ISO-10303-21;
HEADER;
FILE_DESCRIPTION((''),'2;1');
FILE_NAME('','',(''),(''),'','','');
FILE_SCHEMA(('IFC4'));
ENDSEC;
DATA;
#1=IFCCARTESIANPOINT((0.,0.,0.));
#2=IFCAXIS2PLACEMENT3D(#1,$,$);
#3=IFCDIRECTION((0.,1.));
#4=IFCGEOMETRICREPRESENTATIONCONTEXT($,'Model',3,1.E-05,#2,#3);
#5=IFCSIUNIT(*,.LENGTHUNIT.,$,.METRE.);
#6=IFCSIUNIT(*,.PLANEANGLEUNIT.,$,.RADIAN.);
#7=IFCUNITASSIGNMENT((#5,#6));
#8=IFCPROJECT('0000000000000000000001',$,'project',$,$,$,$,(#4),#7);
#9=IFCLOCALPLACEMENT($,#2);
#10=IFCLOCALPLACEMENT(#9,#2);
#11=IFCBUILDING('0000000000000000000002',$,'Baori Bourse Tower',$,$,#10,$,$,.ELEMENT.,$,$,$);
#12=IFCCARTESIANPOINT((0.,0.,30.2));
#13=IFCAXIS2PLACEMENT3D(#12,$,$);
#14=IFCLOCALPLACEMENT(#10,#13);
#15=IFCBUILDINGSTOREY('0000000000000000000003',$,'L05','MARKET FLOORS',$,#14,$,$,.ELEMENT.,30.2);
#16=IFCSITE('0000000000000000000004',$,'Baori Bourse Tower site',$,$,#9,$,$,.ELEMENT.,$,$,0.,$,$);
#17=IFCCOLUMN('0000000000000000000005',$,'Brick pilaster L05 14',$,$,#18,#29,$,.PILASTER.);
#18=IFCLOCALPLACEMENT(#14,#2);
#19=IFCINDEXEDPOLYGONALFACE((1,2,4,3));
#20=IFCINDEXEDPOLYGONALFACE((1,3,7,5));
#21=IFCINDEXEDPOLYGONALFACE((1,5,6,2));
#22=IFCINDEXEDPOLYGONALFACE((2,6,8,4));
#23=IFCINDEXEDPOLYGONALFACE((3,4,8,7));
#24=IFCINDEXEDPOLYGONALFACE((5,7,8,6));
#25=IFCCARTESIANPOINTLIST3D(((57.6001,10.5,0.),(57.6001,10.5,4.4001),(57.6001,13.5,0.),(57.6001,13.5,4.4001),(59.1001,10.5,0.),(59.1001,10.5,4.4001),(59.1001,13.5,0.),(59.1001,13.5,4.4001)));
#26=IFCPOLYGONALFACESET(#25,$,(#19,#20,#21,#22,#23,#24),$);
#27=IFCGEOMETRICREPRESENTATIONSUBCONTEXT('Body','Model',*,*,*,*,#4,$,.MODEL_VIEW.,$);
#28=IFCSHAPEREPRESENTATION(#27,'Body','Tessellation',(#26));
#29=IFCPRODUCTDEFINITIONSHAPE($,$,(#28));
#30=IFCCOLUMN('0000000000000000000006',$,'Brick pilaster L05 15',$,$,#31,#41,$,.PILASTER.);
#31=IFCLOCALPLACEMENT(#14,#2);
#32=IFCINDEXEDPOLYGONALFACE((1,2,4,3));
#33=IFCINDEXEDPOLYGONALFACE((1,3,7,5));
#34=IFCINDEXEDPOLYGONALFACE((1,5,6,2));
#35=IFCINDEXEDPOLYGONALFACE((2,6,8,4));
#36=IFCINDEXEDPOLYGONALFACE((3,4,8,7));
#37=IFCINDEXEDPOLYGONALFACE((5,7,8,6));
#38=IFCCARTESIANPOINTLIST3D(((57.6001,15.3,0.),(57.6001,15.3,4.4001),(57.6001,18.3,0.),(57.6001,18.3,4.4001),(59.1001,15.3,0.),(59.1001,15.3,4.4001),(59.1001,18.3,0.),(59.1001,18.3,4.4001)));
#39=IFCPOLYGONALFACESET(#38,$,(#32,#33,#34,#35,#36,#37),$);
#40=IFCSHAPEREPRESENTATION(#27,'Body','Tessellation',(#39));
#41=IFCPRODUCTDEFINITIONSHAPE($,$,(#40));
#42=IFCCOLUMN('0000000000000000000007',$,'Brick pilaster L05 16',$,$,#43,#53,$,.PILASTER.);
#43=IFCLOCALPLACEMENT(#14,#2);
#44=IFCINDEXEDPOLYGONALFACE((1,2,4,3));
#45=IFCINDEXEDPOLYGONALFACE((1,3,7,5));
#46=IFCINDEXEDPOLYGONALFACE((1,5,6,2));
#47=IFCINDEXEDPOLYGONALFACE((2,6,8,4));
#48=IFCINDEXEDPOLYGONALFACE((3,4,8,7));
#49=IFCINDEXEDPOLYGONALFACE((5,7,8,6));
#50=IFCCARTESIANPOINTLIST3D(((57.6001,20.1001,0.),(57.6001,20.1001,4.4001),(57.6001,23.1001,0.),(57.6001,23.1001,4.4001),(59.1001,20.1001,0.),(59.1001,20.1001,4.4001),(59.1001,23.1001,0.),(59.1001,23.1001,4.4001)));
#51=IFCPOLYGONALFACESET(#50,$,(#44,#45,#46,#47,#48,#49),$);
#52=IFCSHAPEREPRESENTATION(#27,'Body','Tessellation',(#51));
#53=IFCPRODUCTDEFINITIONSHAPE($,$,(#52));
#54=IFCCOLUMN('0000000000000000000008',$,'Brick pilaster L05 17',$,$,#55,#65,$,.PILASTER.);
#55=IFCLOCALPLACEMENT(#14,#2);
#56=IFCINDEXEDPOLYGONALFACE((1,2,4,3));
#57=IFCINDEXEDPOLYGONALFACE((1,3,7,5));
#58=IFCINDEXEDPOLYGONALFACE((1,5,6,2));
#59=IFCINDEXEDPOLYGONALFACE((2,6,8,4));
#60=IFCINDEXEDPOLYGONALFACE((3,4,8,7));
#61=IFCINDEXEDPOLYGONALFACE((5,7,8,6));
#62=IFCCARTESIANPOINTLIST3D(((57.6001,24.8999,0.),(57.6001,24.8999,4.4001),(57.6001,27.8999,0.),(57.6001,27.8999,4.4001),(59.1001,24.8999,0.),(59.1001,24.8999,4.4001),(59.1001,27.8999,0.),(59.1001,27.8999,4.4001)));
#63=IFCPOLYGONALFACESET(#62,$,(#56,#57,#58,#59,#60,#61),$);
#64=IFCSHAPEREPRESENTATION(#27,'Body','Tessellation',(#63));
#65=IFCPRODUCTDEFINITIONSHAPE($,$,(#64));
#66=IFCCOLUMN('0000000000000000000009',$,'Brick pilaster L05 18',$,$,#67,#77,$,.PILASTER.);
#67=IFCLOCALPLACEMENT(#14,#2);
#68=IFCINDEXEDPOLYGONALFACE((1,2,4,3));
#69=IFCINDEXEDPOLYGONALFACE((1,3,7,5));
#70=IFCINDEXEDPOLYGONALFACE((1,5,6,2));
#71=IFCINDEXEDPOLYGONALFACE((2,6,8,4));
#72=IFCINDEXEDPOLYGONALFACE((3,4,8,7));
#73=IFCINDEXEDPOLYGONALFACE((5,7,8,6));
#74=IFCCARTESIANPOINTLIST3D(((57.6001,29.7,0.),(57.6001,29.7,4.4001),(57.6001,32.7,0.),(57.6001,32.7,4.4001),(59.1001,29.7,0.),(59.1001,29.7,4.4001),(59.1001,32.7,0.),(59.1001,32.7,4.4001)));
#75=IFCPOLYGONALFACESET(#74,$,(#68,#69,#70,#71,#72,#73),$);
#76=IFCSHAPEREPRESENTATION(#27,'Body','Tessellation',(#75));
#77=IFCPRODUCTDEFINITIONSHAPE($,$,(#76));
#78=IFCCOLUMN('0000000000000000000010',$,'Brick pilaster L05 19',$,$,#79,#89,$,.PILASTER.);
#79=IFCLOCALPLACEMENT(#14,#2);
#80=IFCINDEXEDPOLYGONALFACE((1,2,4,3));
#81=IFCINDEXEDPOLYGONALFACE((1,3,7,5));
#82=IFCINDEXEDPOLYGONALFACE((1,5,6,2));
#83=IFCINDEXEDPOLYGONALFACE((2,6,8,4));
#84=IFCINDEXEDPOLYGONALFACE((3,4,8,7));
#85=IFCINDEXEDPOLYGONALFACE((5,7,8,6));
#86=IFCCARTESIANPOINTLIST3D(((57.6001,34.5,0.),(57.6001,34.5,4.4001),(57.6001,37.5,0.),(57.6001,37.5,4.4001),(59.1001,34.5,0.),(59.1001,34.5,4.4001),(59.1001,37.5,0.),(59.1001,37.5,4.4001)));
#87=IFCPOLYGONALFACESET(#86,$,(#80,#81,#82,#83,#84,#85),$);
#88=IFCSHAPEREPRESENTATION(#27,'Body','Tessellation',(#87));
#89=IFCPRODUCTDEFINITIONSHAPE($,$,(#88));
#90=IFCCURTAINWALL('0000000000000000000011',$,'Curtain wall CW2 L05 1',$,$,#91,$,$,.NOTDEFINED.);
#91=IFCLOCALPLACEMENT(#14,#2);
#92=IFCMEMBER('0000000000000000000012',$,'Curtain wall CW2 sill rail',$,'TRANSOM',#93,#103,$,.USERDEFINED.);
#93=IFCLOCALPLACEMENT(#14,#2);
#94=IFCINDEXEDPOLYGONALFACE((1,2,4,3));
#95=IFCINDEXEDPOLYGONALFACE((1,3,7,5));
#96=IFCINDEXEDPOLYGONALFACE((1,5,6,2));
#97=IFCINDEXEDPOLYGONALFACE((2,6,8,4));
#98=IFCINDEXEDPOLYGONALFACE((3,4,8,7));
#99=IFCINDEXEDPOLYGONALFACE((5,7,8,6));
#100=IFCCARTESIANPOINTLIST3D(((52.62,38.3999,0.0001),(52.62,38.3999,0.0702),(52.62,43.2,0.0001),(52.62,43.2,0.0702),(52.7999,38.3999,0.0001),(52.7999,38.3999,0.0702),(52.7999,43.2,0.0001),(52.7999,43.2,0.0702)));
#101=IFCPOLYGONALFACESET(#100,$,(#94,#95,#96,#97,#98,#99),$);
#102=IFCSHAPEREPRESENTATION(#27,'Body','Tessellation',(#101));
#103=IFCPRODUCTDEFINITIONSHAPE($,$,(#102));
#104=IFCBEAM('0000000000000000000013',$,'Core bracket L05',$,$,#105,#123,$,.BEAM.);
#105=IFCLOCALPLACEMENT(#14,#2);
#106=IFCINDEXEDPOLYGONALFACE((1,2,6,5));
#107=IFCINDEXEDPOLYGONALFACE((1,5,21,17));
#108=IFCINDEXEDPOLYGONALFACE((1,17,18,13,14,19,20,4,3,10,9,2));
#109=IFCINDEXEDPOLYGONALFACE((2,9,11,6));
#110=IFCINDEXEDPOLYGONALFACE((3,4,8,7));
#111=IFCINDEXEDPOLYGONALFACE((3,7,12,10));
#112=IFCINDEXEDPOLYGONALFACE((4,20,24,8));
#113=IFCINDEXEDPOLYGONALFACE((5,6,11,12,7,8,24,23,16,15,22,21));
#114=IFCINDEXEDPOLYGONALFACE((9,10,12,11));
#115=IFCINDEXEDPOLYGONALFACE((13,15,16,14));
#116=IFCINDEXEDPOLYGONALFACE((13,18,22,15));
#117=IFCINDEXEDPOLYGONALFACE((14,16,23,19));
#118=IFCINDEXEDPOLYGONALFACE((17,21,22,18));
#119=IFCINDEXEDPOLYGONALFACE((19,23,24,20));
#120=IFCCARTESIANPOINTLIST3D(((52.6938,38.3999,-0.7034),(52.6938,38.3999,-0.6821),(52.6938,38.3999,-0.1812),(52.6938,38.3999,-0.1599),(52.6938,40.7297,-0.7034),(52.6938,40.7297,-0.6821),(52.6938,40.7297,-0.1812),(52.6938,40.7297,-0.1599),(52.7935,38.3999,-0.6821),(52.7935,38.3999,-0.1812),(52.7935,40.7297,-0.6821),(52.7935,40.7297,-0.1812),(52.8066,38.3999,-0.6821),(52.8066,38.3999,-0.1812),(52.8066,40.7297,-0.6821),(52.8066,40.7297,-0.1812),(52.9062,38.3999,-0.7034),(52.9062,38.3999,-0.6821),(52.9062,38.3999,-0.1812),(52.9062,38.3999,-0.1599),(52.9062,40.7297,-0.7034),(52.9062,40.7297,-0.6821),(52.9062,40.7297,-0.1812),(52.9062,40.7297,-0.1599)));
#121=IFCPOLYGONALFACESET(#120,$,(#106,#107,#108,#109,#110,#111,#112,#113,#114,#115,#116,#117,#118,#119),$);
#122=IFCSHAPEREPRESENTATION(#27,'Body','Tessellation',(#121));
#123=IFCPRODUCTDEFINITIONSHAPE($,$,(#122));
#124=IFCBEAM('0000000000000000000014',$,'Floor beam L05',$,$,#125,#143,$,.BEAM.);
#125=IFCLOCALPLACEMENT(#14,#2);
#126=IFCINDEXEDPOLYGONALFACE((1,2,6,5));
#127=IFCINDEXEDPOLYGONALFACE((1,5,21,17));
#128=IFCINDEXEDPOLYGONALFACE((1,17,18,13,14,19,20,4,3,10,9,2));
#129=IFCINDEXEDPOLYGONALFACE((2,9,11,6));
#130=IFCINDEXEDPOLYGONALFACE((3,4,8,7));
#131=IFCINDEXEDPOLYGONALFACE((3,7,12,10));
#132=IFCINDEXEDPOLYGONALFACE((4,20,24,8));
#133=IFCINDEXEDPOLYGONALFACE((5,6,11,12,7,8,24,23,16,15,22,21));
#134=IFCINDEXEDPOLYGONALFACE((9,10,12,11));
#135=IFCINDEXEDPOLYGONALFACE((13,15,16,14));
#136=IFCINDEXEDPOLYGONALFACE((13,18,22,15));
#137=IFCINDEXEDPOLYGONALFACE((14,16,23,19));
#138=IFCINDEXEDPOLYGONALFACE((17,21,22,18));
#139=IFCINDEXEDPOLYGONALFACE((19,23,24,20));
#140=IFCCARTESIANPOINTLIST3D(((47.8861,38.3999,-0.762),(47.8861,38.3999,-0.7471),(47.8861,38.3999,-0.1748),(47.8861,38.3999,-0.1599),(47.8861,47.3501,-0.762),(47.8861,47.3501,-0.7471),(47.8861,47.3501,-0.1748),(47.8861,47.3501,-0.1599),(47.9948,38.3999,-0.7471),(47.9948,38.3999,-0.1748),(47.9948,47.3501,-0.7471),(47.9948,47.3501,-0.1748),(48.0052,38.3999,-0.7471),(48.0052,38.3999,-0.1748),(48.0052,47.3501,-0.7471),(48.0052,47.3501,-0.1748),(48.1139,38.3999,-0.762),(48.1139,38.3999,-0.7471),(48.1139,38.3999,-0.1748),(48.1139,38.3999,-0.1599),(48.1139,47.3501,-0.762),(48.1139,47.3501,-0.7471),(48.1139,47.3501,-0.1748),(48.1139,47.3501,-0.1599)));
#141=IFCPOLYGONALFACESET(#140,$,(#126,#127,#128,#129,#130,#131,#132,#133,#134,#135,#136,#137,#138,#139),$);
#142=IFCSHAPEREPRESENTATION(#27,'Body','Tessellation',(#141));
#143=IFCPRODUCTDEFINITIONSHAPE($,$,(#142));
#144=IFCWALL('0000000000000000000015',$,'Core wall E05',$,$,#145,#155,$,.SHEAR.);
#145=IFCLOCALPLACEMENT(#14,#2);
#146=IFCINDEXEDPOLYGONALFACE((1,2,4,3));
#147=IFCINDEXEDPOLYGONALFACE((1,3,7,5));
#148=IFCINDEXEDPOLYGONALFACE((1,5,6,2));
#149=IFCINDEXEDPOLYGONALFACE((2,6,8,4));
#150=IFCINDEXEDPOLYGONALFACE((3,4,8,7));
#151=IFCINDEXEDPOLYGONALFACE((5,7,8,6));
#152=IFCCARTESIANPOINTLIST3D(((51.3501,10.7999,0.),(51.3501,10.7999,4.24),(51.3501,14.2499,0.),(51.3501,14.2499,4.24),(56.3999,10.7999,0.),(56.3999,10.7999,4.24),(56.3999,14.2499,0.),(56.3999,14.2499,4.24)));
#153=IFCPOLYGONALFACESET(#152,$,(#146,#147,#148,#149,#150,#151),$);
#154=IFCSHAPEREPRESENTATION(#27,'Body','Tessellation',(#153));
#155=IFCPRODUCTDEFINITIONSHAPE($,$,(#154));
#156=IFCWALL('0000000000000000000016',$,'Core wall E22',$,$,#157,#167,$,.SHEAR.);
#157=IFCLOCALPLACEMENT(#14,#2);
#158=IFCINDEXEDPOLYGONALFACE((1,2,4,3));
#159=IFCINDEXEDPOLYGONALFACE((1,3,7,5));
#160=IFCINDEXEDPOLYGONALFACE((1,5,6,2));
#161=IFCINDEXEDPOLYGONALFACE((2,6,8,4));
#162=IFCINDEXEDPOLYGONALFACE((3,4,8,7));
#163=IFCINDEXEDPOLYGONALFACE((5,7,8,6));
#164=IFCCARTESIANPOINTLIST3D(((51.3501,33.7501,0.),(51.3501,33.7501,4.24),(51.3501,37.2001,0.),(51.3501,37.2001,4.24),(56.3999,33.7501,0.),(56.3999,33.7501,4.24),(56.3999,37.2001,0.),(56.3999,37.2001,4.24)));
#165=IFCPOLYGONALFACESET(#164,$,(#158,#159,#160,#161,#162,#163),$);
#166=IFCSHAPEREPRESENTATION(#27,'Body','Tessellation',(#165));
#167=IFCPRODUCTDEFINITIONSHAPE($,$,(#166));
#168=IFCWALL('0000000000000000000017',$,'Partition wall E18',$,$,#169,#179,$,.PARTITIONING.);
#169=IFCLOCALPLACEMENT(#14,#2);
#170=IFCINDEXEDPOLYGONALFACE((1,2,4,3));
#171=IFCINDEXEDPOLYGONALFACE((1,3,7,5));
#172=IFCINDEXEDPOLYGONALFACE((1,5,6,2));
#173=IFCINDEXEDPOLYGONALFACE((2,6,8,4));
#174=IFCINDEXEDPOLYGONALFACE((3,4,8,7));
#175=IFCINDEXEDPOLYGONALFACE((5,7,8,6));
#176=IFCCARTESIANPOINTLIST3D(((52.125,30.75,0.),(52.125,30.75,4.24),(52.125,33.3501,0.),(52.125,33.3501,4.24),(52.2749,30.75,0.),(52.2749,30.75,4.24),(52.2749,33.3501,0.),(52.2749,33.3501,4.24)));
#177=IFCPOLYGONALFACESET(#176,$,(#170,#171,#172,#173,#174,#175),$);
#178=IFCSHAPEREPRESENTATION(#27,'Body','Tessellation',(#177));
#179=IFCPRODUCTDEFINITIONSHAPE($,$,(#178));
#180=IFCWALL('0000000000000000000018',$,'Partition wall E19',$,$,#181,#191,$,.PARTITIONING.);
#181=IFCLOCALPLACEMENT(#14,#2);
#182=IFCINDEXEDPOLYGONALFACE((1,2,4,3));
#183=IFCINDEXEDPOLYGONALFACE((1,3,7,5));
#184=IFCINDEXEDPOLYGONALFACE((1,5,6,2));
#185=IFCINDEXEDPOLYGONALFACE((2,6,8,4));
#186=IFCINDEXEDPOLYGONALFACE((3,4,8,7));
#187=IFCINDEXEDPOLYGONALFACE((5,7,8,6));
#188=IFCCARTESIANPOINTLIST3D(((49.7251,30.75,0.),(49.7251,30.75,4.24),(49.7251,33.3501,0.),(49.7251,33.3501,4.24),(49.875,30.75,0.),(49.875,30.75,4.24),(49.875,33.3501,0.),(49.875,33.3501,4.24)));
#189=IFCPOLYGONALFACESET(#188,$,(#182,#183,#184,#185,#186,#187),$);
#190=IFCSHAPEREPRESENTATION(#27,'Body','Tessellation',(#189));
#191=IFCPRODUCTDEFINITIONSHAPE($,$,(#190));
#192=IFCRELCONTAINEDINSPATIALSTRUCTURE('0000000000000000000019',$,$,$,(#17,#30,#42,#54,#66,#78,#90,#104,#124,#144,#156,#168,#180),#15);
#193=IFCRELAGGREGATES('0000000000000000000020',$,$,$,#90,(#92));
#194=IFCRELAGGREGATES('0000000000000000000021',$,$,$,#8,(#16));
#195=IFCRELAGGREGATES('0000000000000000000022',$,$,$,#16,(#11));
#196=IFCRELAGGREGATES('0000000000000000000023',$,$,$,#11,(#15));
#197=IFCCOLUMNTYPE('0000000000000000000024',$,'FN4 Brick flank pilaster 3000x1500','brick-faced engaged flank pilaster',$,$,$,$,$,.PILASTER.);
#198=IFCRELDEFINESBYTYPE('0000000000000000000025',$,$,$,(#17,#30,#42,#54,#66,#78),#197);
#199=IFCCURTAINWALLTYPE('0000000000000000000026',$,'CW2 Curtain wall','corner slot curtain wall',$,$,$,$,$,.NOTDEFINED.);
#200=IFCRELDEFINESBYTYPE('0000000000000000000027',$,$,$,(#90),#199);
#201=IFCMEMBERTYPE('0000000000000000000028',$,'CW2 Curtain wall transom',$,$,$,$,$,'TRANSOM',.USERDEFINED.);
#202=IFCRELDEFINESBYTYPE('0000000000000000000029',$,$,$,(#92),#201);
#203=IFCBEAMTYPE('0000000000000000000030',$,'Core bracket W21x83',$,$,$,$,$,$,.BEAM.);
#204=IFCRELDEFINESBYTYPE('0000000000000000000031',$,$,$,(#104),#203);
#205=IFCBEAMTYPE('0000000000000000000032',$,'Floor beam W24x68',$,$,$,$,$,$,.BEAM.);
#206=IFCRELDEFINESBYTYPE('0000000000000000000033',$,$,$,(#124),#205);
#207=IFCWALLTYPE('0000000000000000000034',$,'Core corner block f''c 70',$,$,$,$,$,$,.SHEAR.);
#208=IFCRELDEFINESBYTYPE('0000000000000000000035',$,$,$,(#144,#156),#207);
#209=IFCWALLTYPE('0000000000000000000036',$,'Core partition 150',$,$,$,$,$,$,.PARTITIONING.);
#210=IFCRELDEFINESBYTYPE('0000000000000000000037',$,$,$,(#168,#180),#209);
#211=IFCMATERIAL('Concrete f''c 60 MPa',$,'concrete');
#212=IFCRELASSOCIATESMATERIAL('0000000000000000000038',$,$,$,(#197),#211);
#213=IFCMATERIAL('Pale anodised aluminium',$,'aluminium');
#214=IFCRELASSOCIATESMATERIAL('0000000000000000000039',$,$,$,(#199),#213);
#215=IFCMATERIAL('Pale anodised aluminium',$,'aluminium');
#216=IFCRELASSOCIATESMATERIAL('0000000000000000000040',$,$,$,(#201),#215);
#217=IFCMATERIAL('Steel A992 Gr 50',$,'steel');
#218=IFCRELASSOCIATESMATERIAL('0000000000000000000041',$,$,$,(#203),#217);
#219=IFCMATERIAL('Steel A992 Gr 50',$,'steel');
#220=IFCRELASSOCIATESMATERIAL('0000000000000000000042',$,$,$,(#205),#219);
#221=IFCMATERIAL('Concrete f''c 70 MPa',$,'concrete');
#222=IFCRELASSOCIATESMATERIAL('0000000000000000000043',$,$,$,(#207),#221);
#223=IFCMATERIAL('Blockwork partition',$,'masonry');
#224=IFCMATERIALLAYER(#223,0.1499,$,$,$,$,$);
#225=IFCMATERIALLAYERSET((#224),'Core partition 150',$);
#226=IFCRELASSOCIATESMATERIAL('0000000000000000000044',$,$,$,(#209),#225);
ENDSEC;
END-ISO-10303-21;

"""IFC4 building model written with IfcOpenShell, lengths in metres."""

from ifc_helpers import new_model, si_unit, direction, frame, frame_2d, origin, origin_2d, place, context, subcontext, project, spatial, rectangle, i_section, extrude, material, layer, layer_set, material_profile, profile_set, type_object, element, aggregate, save


model = new_model("IFC4")

# Units and contexts
model_context = context("Model", 3, precision=1e-05, world=origin(), true_north=direction((0.0, 1.0)))
body_context = subcontext(model_context, "Body", "Model", "MODEL_VIEW")
ifc_project = project(units=[si_unit("LENGTHUNIT", "METRE"), si_unit("PLANEANGLEUNIT", "RADIAN")], contexts=[model_context])

# Site, building, storey
site_placement = place(None, origin())
site = spatial("IfcSite", under=ifc_project, at=site_placement, Name="Baori Bourse Tower site", CompositionType="ELEMENT", RefElevation=0.0)
building_placement = place(site_placement, origin())
building = spatial("IfcBuilding", under=site, at=building_placement, Name="Baori Bourse Tower", CompositionType="ELEMENT")
storey_placement = place(building_placement, frame((0.0, 0.0, 30.2)))
storey = spatial("IfcBuildingStorey", under=building, at=storey_placement, Name="L05", Description="MARKET FLOORS", CompositionType="ELEMENT", Elevation=30.2)

# Columns
ifc_material_1 = material(Name="Concrete f'c 60 MPa", Category="concrete")
ifc_material_profile_1 = material_profile(ifc_material_1, rectangle(XDim=3.0, YDim=1.5, at=origin_2d()), Name="RC 3000x1500")
ifc_profile_set_1 = profile_set([ifc_material_profile_1], Name="Concrete f'c 60 MPa")
column_type = type_object("IfcColumnType", Name="FN4 Brick flank pilaster 3000x1500", Description="brick-faced engaged flank pilaster", PredefinedType="PILASTER", material=ifc_profile_set_1)
for number, where, z_axis, x_axis, name in (
    (1, (58.3501, 12.0, 0.0), (0.0, 0.0, 1.0), (0.0, 1.0, 0.0), "Brick pilaster L05 14"),
    (2, (58.3501, 16.8, 0.0), (0.0, 0.0, 1.0), (0.0, 1.0, 0.0), "Brick pilaster L05 15"),
    (3, (58.3501, 21.6001, 0.0), (0.0, 0.0, 1.0), (0.0, 1.0, 0.0), "Brick pilaster L05 16"),
    (4, (58.3501, 26.3999, 0.0), (0.0, 0.0, 1.0), (0.0, 1.0, 0.0), "Brick pilaster L05 17"),
    (5, (58.3501, 31.2, 0.0), (0.0, 0.0, 1.0), (0.0, 1.0, 0.0), "Brick pilaster L05 18"),
    (6, (58.3501, 36.0, 0.0), (0.0, 0.0, 1.0), (0.0, 1.0, 0.0), "Brick pilaster L05 19"),
):
    element("IfcColumn", number, at=place(storey_placement, frame(where, z_axis=z_axis, x_axis=x_axis)), inside=storey, type_object=column_type, Name=name, PredefinedType="PILASTER", context=body_context, shape_type="SweptSolid", body=[
        extrude(rectangle(XDim=3.0, YDim=1.5, at=origin_2d()), origin(), (0.0, 0.0, 1.0), 4.4001),
    ])

# Curtain wall, member
ifc_material_2 = material(Name="Pale anodised aluminium", Category="aluminium")
curtain_wall_type = type_object("IfcCurtainWallType", Name="CW2 Curtain wall", Description="corner slot curtain wall", PredefinedType="NOTDEFINED", material=ifc_material_2)
curtain_wall_placement = place(storey_placement, origin())
curtain_wall = element("IfcCurtainWall", 7, at=curtain_wall_placement, inside=storey, type_object=curtain_wall_type, Name="Curtain wall CW2 L05 1", PredefinedType="NOTDEFINED")
ifc_material_3 = material(Name="Pale anodised aluminium", Category="aluminium")
ifc_material_profile_2 = material_profile(ifc_material_3, rectangle(XDim=0.1799, YDim=0.0701, at=origin_2d()), Name="Transom 70x180")
ifc_profile_set_2 = profile_set([ifc_material_profile_2], Name="Pale anodised aluminium")
member_type = type_object("IfcMemberType", Name="CW2 Curtain wall transom", ElementType="TRANSOM", PredefinedType="USERDEFINED", material=ifc_profile_set_2)
member_placement = place(storey_placement, frame((52.71, 38.3999, 0.0352), z_axis=(0.0, 1.0, 0.0), x_axis=(-1.0, 0.0, 0.0)))
member = element("IfcMember", 8, at=member_placement, type_object=member_type, Name="Curtain wall CW2 sill rail", ObjectType="TRANSOM", PredefinedType="USERDEFINED", context=body_context, shape_type="SweptSolid", body=[
    extrude(rectangle(XDim=0.1799, YDim=0.0701, at=origin_2d()), origin(), (0.0, 0.0, 1.0), 4.8),
])
aggregate(curtain_wall, [member])

# Beams
ifc_material_4 = material(Name="Steel A992 Gr 50", Category="steel")
ifc_material_profile_3 = material_profile(ifc_material_4, i_section(OverallWidth=0.2124, OverallDepth=0.5435, WebThickness=0.0132, FlangeThickness=0.0212, at=origin_2d()), Name="W21x83")
ifc_profile_set_3 = profile_set([ifc_material_profile_3], Name="Steel A992 Gr 50")
beam_type_1 = type_object("IfcBeamType", Name="Core bracket W21x83", PredefinedType="BEAM", material=ifc_profile_set_3)
beam_1_placement = place(storey_placement, frame((52.8, 38.3999, -0.4316), z_axis=(0.0, 1.0, 0.0), x_axis=(-1.0, 0.0, 0.0)))
element("IfcBeam", 9, at=beam_1_placement, inside=storey, type_object=beam_type_1, Name="Core bracket L05", PredefinedType="BEAM", context=body_context, shape_type="SweptSolid", body=[
    extrude(i_section(OverallWidth=0.2124, OverallDepth=0.5435, WebThickness=0.0132, FlangeThickness=0.0212, at=origin_2d()), origin(), (0.0, 0.0, 1.0), 2.3298),
])
ifc_material_5 = material(Name="Steel A992 Gr 50", Category="steel")
ifc_material_profile_4 = material_profile(ifc_material_5, i_section(OverallWidth=0.2278, OverallDepth=0.6021, WebThickness=0.0105, FlangeThickness=0.0149, at=origin_2d()), Name="W24x68")
ifc_profile_set_4 = profile_set([ifc_material_profile_4], Name="Steel A992 Gr 50")
beam_type_2 = type_object("IfcBeamType", Name="Floor beam W24x68", PredefinedType="BEAM", material=ifc_profile_set_4)
beam_2_placement = place(storey_placement, frame((48.0, 38.3999, -0.4609), z_axis=(0.0, 1.0, 0.0), x_axis=(-1.0, 0.0, 0.0)))
element("IfcBeam", 10, at=beam_2_placement, inside=storey, type_object=beam_type_2, Name="Floor beam L05", PredefinedType="BEAM", context=body_context, shape_type="SweptSolid", body=[
    extrude(i_section(OverallWidth=0.2278, OverallDepth=0.6021, WebThickness=0.0105, FlangeThickness=0.0149, at=origin_2d()), origin(), (0.0, 0.0, 1.0), 8.9502),
])

# Walls
ifc_material_6 = material(Name="Concrete f'c 70 MPa", Category="concrete")
wall_type_1 = type_object("IfcWallType", Name="Core corner block f'c 70", PredefinedType="SHEAR", material=ifc_material_6)
for number, where, z_axis, x_axis, name in (
    (11, (51.3501, 12.5249, 0.0), (0.0, 0.0, 1.0), (1.0, 0.0, 0.0), "Core wall E05"),
    (12, (51.3501, 35.4751, 0.0), (0.0, 0.0, 1.0), (1.0, 0.0, 0.0), "Core wall E22"),
):
    element("IfcWall", number, at=place(storey_placement, frame(where, z_axis=z_axis, x_axis=x_axis)), inside=storey, type_object=wall_type_1, Name=name, PredefinedType="SHEAR", context=body_context, shape_type="SweptSolid", body=[
        extrude(rectangle(XDim=5.0498, YDim=3.45, at=frame_2d((2.5249, 0.0))), origin(), (0.0, 0.0, 1.0), 4.24),
    ])
ifc_material_7 = material(Name="Blockwork partition", Category="masonry")
ifc_layer_1 = layer(ifc_material_7, 0.1499)
ifc_layer_set_1 = layer_set([ifc_layer_1], Name="Core partition 150")
wall_type_2 = type_object("IfcWallType", Name="Core partition 150", PredefinedType="PARTITIONING", material=ifc_layer_set_1)
for number, where, z_axis, x_axis, name in (
    (13, (52.2, 30.75, 0.0), (0.0, 0.0, 1.0), (0.0, 1.0, 0.0), "Partition wall E18"),
    (14, (49.8, 30.75, 0.0), (0.0, 0.0, 1.0), (0.0, 1.0, 0.0), "Partition wall E19"),
):
    element("IfcWall", number, at=place(storey_placement, frame(where, z_axis=z_axis, x_axis=x_axis)), inside=storey, type_object=wall_type_2, Name=name, PredefinedType="PARTITIONING", context=body_context, shape_type="SweptSolid", body=[
        extrude(rectangle(XDim=2.6001, YDim=0.1499, at=frame_2d((1.3, 0.0))), origin(), (0.0, 0.0, 1.0), 4.24),
    ])

save(model, "model.ifc")
